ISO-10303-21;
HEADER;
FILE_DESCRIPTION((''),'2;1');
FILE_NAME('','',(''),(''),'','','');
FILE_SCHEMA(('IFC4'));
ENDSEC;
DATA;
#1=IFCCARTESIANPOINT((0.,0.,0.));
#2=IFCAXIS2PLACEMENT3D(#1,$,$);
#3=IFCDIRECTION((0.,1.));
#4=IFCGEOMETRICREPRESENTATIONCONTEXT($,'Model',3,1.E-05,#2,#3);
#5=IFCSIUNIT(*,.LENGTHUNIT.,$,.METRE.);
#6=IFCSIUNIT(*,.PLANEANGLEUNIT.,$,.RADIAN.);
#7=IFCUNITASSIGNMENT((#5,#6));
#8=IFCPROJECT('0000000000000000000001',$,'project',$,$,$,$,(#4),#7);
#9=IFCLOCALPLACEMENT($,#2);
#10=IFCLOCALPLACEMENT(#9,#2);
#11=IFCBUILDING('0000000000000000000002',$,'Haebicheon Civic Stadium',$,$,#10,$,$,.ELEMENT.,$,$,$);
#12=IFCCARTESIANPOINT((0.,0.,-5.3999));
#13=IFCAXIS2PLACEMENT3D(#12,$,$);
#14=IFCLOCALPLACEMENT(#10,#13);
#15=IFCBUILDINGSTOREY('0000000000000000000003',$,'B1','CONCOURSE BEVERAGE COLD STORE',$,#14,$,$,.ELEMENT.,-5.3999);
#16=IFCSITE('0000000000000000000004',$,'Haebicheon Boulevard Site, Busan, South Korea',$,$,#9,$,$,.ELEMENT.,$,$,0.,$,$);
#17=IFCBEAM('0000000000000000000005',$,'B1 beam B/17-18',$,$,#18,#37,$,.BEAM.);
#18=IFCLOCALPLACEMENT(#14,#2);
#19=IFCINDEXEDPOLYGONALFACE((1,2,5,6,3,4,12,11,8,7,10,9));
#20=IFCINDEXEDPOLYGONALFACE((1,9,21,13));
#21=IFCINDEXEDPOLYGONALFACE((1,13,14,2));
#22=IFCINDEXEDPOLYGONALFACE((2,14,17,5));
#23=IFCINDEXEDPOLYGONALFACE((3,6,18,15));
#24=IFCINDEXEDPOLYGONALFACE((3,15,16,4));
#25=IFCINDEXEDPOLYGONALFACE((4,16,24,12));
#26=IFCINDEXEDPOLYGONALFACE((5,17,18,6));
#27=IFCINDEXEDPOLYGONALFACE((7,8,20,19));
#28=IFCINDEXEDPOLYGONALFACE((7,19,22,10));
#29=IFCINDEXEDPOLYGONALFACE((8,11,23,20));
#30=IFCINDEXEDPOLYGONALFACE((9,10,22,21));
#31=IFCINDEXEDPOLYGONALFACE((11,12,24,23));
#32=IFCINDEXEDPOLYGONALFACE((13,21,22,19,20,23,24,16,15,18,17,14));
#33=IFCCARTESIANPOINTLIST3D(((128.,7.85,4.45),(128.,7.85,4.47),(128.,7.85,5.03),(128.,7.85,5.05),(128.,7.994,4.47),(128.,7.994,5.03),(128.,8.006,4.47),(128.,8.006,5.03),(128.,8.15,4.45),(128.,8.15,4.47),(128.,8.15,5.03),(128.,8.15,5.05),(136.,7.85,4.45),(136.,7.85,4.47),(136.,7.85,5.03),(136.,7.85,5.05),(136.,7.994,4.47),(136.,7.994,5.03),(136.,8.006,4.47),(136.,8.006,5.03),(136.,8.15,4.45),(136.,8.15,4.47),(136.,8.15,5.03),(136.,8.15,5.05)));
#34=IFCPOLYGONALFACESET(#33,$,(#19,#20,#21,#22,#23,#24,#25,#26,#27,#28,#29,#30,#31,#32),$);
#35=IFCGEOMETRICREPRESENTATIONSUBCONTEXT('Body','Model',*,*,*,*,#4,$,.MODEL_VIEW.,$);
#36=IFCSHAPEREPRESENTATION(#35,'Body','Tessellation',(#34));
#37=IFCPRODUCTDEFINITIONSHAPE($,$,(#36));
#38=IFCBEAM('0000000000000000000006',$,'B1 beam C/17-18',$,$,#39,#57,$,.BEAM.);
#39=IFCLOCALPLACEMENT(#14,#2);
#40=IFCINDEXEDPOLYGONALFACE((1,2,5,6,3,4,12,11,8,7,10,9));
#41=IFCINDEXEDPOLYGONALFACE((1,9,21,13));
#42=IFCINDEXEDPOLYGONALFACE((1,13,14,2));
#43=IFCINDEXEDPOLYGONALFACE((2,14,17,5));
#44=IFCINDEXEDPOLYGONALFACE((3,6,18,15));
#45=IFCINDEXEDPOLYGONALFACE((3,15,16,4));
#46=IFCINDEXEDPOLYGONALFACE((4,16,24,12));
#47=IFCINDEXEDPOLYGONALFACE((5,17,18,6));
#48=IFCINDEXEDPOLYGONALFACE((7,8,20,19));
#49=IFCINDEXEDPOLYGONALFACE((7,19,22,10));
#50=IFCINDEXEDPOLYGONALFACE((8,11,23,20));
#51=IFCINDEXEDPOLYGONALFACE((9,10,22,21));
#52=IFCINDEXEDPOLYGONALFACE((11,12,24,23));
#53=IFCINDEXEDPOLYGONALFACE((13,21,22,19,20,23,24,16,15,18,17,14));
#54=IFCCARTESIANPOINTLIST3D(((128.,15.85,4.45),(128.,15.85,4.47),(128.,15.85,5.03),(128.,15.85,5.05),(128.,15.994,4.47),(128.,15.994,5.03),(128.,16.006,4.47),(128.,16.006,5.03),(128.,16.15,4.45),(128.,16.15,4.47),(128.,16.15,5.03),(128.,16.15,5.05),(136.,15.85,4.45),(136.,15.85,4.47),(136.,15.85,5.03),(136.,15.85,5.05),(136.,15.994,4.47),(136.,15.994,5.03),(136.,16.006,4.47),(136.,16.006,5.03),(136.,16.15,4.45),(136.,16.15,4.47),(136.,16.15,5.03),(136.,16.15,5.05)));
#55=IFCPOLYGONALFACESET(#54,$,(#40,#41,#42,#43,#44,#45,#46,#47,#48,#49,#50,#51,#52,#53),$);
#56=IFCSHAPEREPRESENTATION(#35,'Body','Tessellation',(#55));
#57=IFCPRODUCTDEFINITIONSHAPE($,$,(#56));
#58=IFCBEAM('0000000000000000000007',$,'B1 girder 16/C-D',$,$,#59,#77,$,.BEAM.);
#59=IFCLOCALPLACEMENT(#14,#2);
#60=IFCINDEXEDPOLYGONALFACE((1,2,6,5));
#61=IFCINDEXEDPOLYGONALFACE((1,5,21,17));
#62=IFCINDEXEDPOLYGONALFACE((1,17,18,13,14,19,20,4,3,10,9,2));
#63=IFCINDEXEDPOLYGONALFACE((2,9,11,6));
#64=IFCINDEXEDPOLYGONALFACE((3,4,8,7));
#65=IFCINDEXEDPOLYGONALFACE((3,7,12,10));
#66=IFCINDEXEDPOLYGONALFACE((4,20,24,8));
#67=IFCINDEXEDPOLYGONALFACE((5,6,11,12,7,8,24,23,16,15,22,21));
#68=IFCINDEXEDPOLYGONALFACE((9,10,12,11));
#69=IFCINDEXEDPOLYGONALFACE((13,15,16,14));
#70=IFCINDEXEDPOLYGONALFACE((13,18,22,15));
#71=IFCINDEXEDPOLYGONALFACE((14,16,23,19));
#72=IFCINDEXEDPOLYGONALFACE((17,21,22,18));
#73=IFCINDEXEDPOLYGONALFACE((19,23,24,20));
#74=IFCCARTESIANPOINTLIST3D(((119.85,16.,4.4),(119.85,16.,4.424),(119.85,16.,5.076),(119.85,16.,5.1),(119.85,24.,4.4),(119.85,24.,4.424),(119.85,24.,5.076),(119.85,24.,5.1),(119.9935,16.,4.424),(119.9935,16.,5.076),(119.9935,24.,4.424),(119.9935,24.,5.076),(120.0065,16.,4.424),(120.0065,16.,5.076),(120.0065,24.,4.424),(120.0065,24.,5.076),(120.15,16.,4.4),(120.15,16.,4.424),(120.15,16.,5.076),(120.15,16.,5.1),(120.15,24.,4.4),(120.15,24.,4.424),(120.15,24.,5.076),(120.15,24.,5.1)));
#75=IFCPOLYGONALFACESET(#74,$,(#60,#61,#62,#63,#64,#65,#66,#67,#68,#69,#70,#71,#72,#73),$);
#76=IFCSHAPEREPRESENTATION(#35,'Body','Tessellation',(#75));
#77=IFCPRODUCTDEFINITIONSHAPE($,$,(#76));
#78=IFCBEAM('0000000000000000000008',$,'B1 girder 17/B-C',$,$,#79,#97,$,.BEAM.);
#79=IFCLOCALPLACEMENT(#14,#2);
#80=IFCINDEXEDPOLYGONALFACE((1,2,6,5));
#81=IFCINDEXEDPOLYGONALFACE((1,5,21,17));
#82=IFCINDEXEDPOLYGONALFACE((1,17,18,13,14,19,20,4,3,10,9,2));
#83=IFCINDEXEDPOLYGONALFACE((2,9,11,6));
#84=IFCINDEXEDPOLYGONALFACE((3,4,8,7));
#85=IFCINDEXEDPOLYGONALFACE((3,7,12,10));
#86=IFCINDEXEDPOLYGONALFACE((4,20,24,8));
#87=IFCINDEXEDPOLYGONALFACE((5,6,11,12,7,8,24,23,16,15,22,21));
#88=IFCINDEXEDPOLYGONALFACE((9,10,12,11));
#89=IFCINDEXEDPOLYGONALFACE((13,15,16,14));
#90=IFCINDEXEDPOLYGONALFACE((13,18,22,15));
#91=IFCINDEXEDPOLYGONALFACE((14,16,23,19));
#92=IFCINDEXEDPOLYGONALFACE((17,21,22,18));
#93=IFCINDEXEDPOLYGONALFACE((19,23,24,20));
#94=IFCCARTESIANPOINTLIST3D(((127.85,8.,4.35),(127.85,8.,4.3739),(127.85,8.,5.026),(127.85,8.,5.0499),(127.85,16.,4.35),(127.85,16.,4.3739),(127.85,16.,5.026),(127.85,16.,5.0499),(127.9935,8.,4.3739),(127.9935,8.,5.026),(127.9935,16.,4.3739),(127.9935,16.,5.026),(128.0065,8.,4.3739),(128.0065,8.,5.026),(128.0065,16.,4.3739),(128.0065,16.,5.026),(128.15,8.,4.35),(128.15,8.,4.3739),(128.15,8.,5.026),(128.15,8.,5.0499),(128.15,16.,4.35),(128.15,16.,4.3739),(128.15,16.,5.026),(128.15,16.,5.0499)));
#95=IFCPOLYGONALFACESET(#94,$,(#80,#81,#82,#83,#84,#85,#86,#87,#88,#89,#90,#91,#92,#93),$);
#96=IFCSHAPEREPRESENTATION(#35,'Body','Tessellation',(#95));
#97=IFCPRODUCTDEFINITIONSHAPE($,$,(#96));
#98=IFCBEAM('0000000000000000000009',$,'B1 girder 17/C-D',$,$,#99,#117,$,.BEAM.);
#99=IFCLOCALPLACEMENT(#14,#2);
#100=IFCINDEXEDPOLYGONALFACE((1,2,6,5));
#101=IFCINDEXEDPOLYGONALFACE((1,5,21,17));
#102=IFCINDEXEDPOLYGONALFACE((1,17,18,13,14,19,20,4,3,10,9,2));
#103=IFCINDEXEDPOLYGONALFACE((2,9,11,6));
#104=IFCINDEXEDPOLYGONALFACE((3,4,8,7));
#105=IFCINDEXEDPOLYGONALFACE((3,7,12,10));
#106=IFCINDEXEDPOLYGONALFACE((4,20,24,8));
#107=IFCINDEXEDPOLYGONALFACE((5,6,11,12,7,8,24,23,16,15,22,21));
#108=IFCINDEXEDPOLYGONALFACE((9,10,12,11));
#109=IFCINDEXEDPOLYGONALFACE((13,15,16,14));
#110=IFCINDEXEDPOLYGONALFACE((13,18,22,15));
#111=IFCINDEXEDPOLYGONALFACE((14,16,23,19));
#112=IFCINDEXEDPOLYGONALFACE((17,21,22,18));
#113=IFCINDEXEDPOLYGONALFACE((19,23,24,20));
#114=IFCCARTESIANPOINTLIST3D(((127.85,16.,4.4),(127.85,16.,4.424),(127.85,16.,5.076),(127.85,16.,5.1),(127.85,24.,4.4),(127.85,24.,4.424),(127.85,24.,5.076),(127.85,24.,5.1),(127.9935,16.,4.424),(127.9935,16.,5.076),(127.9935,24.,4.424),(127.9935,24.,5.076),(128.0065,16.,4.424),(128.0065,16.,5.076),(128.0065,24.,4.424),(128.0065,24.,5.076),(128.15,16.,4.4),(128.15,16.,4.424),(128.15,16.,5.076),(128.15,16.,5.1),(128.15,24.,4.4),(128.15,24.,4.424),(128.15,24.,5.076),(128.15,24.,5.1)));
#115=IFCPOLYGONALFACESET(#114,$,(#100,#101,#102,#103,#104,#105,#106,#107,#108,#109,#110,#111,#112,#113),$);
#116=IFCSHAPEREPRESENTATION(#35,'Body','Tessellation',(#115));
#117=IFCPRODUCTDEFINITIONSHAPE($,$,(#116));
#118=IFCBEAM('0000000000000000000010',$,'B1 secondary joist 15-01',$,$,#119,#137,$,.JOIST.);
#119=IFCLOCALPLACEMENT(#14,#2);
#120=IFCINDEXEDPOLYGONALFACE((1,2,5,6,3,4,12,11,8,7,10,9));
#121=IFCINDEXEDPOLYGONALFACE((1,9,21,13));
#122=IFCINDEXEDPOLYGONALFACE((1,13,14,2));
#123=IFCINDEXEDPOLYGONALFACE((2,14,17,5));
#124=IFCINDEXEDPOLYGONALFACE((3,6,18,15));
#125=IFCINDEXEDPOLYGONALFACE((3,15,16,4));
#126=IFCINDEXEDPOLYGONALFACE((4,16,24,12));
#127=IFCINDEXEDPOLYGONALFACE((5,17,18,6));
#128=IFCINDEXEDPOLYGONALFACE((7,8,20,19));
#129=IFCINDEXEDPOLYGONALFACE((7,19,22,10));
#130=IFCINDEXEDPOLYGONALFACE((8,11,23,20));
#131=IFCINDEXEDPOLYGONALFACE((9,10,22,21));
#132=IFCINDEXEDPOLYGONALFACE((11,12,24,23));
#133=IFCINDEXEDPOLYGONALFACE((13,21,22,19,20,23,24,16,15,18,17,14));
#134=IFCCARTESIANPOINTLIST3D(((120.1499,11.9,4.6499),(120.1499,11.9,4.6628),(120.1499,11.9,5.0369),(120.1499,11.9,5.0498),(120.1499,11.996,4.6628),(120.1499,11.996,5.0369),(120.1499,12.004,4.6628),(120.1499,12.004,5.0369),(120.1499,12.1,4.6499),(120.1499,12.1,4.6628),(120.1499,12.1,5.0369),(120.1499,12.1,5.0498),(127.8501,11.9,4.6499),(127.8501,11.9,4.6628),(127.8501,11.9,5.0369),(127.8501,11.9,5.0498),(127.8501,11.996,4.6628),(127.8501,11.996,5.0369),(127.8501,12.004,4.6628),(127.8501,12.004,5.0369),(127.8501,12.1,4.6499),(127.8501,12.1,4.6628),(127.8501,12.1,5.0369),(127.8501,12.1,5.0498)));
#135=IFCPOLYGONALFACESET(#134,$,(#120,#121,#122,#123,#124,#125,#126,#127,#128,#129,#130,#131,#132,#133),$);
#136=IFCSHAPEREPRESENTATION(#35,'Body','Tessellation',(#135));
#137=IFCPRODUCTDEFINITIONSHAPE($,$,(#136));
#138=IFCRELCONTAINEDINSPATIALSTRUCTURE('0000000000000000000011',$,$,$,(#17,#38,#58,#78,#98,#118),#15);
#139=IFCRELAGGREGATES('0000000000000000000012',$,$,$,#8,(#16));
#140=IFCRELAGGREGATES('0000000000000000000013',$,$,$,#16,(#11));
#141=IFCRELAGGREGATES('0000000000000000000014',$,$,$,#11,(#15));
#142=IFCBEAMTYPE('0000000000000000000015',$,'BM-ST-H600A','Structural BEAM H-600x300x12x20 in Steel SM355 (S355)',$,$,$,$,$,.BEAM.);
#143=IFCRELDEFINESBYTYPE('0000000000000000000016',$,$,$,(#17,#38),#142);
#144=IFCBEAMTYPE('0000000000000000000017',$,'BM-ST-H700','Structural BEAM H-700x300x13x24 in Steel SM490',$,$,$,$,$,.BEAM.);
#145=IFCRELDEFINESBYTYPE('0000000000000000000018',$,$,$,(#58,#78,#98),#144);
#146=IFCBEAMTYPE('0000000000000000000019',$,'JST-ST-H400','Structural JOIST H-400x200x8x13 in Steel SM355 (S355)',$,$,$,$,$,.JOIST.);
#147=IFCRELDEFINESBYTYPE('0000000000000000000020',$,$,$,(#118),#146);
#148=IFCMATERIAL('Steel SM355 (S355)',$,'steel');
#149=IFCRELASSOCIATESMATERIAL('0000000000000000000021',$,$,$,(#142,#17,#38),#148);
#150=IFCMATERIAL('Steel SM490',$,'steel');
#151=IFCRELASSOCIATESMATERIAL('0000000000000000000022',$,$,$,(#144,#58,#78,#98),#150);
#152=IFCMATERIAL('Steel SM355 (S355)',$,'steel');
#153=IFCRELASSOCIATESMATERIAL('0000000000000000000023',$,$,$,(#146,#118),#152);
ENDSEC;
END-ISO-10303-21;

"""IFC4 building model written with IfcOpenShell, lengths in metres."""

from ifc_helpers import new_model, si_unit, direction, frame, origin, origin_2d, place, context, subcontext, project, spatial, i_section, extrude, material, material_profile, profile_set, type_object, element, save


model = new_model("IFC4")

# Units and contexts
model_context = context("Model", 3, precision=1e-05, world=origin(), true_north=direction((0.0, 1.0)))
body_context = subcontext(model_context, "Body", "Model", "MODEL_VIEW")
ifc_project = project(units=[si_unit("LENGTHUNIT", "METRE"), si_unit("PLANEANGLEUNIT", "RADIAN")], contexts=[model_context])

# Site, building, storey
site_placement = place(None, origin())
site = spatial("IfcSite", under=ifc_project, at=site_placement, Name="Haebicheon Boulevard Site, Busan, South Korea", CompositionType="ELEMENT", RefElevation=0.0)
building_placement = place(site_placement, origin())
building = spatial("IfcBuilding", under=site, at=building_placement, Name="Haebicheon Civic Stadium", CompositionType="ELEMENT")
storey_placement = place(building_placement, frame((0.0, 0.0, -5.3999)))
storey = spatial("IfcBuildingStorey", under=building, at=storey_placement, Name="B1", Description="CONCOURSE BEVERAGE COLD STORE", CompositionType="ELEMENT", Elevation=-5.3999)

# Beams
ifc_material_1 = material(Name="Steel SM355 (S355)", Category="steel")
ifc_material_profile_1 = material_profile(ifc_material_1, i_section(OverallWidth=0.3, OverallDepth=0.6001, WebThickness=0.012, FlangeThickness=0.02, at=origin_2d()), Name="H-600x300x12x20")
ifc_profile_set_1 = profile_set([ifc_material_profile_1], Name="Steel SM355 (S355)")
beam_type_1 = type_object("IfcBeamType", Name="BM-ST-H600A", Description="Structural BEAM H-600x300x12x20 in Steel SM355 (S355)", PredefinedType="BEAM", material=ifc_profile_set_1)
for number, where, z_axis, x_axis, name in (
    (1, (128.0, 8.0, 4.75), (1.0, 0.0, 0.0), (0.0, 1.0, 0.0), "B1 beam B/17-18"),
    (2, (128.0, 16.0, 4.75), (1.0, 0.0, 0.0), (0.0, 1.0, 0.0), "B1 beam C/17-18"),
):
    element("IfcBeam", number, at=place(storey_placement, frame(where, z_axis=z_axis, x_axis=x_axis)), inside=storey, type_object=beam_type_1, material=ifc_profile_set_1, Name=name, PredefinedType="BEAM", context=body_context, shape_type="SweptSolid", body=[
        extrude(i_section(OverallWidth=0.3, OverallDepth=0.6001, WebThickness=0.012, FlangeThickness=0.02, at=origin_2d()), origin(), (0.0, 0.0, 1.0), 8.0),
    ])
ifc_material_2 = material(Name="Steel SM490", Category="steel")
ifc_material_profile_2 = material_profile(ifc_material_2, i_section(OverallWidth=0.3, OverallDepth=0.7, WebThickness=0.0129, FlangeThickness=0.0239, at=origin_2d()), Name="H-700x300x13x24")
ifc_profile_set_2 = profile_set([ifc_material_profile_2], Name="Steel SM490")
beam_type_2 = type_object("IfcBeamType", Name="BM-ST-H700", Description="Structural BEAM H-700x300x13x24 in Steel SM490", PredefinedType="BEAM", material=ifc_profile_set_2)
for number, where, z_axis, x_axis, name in (
    (3, (120.0, 16.0, 4.75), (0.0, 1.0, 0.0), (-1.0, 0.0, 0.0), "B1 girder 16/C-D"),
    (4, (128.0, 8.0, 4.7), (0.0, 1.0, 0.0), (-1.0, 0.0, 0.0), "B1 girder 17/B-C"),
    (5, (128.0, 16.0, 4.75), (0.0, 1.0, 0.0), (-1.0, 0.0, 0.0), "B1 girder 17/C-D"),
):
    element("IfcBeam", number, at=place(storey_placement, frame(where, z_axis=z_axis, x_axis=x_axis)), inside=storey, type_object=beam_type_2, material=ifc_profile_set_2, Name=name, PredefinedType="BEAM", context=body_context, shape_type="SweptSolid", body=[
        extrude(i_section(OverallWidth=0.3, OverallDepth=0.7, WebThickness=0.0129, FlangeThickness=0.0239, at=origin_2d()), origin(), (0.0, 0.0, 1.0), 8.0),
    ])
ifc_material_3 = material(Name="Steel SM355 (S355)", Category="steel")
ifc_material_profile_3 = material_profile(ifc_material_3, i_section(OverallWidth=0.2, OverallDepth=0.3999, WebThickness=0.0081, FlangeThickness=0.0129, at=origin_2d()), Name="H-400x200x8x13")
ifc_profile_set_3 = profile_set([ifc_material_profile_3], Name="Steel SM355 (S355)")
beam_type_3 = type_object("IfcBeamType", Name="JST-ST-H400", Description="Structural JOIST H-400x200x8x13 in Steel SM355 (S355)", PredefinedType="JOIST", material=ifc_profile_set_3)
beam_placement = place(storey_placement, frame((120.1499, 12.0, 4.8499), z_axis=(1.0, 0.0, 0.0), x_axis=(0.0, 1.0, 0.0)))
element("IfcBeam", 6, at=beam_placement, inside=storey, type_object=beam_type_3, material=ifc_profile_set_3, Name="B1 secondary joist 15-01", PredefinedType="JOIST", context=body_context, shape_type="SweptSolid", body=[
    extrude(i_section(OverallWidth=0.2, OverallDepth=0.3999, WebThickness=0.0081, FlangeThickness=0.0129, at=origin_2d()), origin(), (0.0, 0.0, 1.0), 7.7002),
])

save(model, "model.ifc")
